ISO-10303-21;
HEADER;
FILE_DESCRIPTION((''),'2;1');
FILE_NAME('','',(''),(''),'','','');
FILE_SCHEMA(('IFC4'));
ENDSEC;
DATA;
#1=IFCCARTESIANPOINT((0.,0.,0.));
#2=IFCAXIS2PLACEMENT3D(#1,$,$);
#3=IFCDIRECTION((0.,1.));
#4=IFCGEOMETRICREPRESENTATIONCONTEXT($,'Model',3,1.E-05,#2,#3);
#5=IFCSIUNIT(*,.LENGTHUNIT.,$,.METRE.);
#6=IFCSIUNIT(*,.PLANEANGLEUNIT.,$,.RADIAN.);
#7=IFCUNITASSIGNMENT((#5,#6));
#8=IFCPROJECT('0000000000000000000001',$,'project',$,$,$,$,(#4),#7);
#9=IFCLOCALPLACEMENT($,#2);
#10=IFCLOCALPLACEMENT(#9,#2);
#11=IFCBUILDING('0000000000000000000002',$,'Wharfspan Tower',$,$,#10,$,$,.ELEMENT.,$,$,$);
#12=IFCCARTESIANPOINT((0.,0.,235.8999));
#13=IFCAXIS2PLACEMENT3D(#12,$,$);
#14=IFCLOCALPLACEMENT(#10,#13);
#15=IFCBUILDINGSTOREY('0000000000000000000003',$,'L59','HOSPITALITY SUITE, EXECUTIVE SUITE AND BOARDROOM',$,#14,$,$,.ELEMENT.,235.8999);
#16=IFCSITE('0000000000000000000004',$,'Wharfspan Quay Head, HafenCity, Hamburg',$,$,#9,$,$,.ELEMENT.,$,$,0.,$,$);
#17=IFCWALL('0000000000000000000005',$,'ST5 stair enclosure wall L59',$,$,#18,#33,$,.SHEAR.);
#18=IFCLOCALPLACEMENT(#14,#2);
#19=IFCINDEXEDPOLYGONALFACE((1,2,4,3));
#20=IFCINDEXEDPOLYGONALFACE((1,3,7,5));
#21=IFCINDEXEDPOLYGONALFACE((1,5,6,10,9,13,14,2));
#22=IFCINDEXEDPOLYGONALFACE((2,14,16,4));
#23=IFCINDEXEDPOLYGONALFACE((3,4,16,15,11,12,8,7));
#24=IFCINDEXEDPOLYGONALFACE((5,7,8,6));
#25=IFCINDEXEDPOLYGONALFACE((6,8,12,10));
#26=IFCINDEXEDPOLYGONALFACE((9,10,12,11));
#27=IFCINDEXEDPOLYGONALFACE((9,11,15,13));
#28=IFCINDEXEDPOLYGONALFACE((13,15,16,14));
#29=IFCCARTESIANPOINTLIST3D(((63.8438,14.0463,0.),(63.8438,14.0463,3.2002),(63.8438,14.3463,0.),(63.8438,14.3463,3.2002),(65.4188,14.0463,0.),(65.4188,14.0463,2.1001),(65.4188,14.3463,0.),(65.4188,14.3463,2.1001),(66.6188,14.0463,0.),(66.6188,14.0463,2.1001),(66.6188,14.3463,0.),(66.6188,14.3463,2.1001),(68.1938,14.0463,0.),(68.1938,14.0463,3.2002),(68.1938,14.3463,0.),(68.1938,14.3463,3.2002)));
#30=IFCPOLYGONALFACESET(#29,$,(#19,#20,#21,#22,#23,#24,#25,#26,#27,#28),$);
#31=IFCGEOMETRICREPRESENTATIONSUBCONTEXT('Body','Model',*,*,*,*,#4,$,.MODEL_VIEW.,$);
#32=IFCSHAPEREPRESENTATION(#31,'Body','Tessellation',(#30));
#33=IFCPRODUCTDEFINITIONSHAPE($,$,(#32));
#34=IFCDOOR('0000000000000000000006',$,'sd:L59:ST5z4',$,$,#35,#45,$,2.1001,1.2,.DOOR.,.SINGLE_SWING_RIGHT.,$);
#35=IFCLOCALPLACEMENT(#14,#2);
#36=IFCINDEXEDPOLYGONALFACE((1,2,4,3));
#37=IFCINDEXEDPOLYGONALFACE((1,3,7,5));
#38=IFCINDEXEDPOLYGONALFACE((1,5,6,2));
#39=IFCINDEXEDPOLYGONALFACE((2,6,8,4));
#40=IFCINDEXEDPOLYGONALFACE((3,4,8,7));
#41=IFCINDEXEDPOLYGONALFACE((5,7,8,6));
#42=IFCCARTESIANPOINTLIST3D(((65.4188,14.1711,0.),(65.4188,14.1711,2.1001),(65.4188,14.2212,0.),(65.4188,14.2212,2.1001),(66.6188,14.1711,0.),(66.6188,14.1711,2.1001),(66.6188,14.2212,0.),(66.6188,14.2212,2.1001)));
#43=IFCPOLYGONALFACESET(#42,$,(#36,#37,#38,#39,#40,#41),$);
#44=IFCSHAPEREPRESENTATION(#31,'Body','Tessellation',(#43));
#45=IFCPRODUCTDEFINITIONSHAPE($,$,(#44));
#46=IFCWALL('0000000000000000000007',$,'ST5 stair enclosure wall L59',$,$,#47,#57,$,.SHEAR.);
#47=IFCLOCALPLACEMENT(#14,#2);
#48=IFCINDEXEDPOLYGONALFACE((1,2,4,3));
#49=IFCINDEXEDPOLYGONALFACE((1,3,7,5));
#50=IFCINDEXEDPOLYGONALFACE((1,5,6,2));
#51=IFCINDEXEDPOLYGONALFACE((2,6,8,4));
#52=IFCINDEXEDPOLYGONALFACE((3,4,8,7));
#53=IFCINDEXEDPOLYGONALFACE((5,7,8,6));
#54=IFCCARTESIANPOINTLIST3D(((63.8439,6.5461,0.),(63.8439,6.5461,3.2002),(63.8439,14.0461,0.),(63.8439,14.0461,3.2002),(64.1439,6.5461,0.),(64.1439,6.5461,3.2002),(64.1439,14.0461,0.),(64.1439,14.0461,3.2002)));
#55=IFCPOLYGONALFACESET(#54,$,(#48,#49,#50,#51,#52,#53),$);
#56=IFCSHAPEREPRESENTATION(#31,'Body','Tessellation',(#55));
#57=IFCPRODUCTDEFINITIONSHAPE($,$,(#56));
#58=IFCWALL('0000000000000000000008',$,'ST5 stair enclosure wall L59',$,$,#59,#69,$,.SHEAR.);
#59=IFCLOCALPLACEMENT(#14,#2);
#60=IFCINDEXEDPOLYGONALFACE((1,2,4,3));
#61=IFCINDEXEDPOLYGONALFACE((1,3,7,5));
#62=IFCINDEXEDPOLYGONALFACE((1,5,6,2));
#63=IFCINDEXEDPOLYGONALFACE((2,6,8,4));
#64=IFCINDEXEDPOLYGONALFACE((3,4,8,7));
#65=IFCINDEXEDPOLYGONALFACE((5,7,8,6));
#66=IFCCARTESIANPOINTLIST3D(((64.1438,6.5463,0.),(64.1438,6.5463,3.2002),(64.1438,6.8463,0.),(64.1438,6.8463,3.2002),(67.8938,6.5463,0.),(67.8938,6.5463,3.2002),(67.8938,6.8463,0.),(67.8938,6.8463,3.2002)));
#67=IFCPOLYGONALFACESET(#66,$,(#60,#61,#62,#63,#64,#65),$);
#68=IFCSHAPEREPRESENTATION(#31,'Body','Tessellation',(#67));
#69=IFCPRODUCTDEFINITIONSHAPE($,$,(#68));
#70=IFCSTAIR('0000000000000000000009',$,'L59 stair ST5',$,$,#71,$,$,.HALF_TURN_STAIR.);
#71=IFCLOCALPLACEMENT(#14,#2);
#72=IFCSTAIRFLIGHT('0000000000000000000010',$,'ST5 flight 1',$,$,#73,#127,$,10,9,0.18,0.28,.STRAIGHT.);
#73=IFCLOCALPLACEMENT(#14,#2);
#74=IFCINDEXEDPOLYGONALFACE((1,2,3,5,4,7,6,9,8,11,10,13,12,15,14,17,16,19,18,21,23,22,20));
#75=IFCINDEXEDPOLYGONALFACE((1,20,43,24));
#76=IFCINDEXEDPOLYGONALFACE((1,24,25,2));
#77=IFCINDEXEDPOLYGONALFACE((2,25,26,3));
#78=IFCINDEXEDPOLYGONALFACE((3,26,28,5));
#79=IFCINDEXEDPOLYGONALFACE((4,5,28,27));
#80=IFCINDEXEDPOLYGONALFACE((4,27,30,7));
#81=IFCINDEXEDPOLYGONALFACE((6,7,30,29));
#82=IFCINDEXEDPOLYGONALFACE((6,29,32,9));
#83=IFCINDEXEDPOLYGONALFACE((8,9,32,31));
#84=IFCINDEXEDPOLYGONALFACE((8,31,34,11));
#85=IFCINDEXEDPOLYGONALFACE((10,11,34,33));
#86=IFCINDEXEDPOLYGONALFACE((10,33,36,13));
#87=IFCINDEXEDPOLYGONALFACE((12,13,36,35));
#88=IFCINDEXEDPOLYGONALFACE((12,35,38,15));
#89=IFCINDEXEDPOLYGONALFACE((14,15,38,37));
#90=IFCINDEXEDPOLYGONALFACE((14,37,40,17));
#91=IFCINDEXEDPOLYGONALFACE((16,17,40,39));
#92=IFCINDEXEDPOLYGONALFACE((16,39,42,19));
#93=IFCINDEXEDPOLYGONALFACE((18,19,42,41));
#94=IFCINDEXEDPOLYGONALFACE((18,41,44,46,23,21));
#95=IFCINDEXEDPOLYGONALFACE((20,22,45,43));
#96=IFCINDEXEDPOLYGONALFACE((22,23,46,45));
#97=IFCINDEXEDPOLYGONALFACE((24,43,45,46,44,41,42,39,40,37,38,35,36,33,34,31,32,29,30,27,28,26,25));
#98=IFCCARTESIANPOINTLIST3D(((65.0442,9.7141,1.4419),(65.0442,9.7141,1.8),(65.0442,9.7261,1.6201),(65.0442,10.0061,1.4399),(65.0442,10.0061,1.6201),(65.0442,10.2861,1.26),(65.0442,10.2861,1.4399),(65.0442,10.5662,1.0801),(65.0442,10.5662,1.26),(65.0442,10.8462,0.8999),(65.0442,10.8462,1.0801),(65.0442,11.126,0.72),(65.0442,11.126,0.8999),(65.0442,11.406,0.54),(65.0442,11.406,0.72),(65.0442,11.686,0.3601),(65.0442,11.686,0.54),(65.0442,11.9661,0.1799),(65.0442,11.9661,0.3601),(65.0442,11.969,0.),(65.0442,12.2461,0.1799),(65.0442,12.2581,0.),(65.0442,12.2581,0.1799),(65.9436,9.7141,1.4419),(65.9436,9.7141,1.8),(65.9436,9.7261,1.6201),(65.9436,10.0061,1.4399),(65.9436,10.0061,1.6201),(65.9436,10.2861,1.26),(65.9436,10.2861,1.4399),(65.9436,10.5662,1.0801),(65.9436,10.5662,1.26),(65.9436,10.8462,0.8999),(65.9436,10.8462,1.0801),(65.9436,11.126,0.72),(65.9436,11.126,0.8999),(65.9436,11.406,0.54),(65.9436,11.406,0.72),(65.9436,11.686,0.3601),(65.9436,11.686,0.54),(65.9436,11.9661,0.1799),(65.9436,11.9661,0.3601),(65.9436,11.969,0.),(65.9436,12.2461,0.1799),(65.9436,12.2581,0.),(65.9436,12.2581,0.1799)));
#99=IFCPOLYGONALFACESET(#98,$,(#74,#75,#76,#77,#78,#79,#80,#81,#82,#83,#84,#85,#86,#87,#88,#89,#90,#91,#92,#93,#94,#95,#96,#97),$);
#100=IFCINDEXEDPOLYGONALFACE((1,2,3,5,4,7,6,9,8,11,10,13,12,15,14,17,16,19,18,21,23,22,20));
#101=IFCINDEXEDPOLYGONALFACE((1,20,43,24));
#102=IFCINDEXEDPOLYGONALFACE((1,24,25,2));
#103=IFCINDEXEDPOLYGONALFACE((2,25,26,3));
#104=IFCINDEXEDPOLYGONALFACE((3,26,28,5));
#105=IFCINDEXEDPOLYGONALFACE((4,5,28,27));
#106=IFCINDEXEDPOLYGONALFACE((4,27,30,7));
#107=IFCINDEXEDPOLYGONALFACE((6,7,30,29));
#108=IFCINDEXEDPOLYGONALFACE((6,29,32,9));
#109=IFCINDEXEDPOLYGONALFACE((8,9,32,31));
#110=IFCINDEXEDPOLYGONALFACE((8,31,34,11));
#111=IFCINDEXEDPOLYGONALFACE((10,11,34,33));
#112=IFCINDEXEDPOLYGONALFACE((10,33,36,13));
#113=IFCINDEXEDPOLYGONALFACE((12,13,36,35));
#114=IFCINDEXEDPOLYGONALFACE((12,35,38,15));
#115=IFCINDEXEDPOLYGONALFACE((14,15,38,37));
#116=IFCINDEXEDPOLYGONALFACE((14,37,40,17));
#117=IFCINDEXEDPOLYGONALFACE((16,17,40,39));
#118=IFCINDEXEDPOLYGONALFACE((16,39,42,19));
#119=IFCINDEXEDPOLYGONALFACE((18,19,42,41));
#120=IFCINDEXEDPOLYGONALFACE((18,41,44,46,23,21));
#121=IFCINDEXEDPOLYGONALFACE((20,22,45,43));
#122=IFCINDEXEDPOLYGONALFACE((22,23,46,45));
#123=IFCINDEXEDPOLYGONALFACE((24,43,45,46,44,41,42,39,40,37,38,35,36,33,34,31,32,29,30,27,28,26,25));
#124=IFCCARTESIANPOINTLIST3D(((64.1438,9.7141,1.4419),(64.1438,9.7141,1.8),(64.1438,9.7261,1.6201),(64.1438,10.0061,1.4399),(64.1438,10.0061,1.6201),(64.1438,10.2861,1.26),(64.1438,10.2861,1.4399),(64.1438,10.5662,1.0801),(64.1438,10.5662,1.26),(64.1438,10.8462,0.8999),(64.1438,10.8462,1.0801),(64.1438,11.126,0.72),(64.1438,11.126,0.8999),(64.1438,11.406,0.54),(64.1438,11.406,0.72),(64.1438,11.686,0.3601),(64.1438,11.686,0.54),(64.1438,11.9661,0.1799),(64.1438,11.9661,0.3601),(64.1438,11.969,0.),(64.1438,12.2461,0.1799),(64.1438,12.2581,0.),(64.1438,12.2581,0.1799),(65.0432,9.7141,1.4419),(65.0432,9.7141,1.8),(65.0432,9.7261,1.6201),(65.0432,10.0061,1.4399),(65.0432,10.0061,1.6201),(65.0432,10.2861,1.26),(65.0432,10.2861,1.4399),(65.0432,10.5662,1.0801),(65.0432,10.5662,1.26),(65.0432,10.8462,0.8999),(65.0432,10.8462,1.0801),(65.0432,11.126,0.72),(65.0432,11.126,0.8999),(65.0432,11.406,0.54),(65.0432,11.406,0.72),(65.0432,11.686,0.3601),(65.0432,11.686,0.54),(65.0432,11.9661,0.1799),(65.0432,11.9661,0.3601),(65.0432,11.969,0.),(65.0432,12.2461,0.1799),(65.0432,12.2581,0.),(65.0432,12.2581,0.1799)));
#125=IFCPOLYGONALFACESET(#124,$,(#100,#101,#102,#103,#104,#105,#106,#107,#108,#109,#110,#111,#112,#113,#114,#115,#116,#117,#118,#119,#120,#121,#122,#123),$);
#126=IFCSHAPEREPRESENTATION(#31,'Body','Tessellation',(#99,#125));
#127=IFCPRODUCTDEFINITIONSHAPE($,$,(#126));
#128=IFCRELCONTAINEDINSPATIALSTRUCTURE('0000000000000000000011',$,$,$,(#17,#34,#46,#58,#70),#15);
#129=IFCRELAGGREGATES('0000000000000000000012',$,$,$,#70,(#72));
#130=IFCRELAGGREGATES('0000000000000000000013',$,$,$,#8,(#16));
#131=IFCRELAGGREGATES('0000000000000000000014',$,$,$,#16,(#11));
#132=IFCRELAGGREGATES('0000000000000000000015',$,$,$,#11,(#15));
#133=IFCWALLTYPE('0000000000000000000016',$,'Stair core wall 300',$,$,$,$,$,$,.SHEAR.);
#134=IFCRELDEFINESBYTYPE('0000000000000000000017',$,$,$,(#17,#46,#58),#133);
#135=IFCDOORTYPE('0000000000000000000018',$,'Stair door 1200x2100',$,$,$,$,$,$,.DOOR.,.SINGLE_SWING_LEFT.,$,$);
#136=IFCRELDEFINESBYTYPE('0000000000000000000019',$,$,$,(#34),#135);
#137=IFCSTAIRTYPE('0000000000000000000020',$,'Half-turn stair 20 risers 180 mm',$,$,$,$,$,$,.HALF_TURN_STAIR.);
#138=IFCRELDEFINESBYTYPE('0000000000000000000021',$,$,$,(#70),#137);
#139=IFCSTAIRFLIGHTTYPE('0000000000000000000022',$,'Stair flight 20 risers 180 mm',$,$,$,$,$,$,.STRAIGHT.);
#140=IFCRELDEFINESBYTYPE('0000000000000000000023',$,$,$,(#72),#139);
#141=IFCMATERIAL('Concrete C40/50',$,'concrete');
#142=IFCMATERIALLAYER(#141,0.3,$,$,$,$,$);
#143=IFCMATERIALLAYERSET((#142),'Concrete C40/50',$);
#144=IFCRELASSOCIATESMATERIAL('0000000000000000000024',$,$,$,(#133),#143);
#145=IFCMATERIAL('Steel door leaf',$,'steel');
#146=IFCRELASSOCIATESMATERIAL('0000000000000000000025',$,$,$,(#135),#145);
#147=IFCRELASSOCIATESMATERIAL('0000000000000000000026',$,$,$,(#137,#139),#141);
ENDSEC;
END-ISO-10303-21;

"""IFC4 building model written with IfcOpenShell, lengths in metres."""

from ifc_helpers import new_model, si_unit, direction, frame, frame_2d, origin, place, context, subcontext, project, spatial, polyline, rectangle, outline, extrude, material, layer, layer_set, type_object, element, fill, aggregate, save


model = new_model("IFC4")

# Units and contexts
model_context = context("Model", 3, precision=1e-05, world=origin(), true_north=direction((0.0, 1.0)))
body_context = subcontext(model_context, "Body", "Model", "MODEL_VIEW")
ifc_project = project(units=[si_unit("LENGTHUNIT", "METRE"), si_unit("PLANEANGLEUNIT", "RADIAN")], contexts=[model_context])

# Site, building, storey
site_placement = place(None, origin())
site = spatial("IfcSite", under=ifc_project, at=site_placement, Name="Wharfspan Quay Head, HafenCity, Hamburg", CompositionType="ELEMENT", RefElevation=0.0)
building_placement = place(site_placement, origin())
building = spatial("IfcBuilding", under=site, at=building_placement, Name="Wharfspan Tower", CompositionType="ELEMENT")
storey_placement = place(building_placement, frame((0.0, 0.0, 235.8999)))
storey = spatial("IfcBuildingStorey", under=building, at=storey_placement, Name="L59", Description="HOSPITALITY SUITE, EXECUTIVE SUITE AND BOARDROOM", CompositionType="ELEMENT", Elevation=235.8999)

# Wall, opening, door
ifc_material_1 = material(Name="Concrete C40/50", Category="concrete")
ifc_layer_1 = layer(ifc_material_1, 0.3)
ifc_layer_set_1 = layer_set([ifc_layer_1], Name="Concrete C40/50")
wall_type_1 = type_object("IfcWallType", Name="Stair core wall 300", PredefinedType="SHEAR", material=ifc_layer_set_1)
wall_1_placement = place(storey_placement, frame((63.8438, 14.1963, 0.0), z_axis=(0.0, 0.0, 1.0), x_axis=(1.0, 0.0, 0.0)))
wall_1 = element("IfcWall", 1, at=wall_1_placement, inside=storey, type_object=wall_type_1, Name="ST5 stair enclosure wall L59", PredefinedType="SHEAR", context=body_context, shape_type="SweptSolid", body=[
    extrude(rectangle(XDim=4.3501, YDim=0.3, at=frame_2d((2.175, 0.0))), origin(), (0.0, 0.0, 1.0), 3.2002),
])
opening_1_placement = place(wall_1_placement, frame((1.575, 0.0, 0.0)))
opening_1 = element("IfcOpeningElement", 2, at=opening_1_placement, cuts=wall_1, PredefinedType="OPENING", context=body_context, shape_type="SweptSolid", body=[
    extrude(rectangle(XDim=1.2, YDim=2.1001, at=frame_2d((0.6001, 1.05))), frame((0.0, 0.1599, 0.0), z_axis=(0.0, -1.0, 0.0), x_axis=(1.0, 0.0, 0.0)), (0.0, 0.0, 1.0), 0.3201),
])
ifc_material_2 = material(Name="Steel door leaf", Category="steel")
door_type_1 = type_object("IfcDoorType", Name="Stair door 1200x2100", OperationType="SINGLE_SWING_LEFT", PredefinedType="DOOR", material=ifc_material_2)
door_1_placement = place(opening_1_placement, origin())
door_1 = element("IfcDoor", 3, at=door_1_placement, inside=storey, type_object=door_type_1, Name="sd:L59:ST5z4", OperationType="SINGLE_SWING_RIGHT", OverallHeight=2.1001, OverallWidth=1.2, PredefinedType="DOOR", context=body_context, shape_type="SweptSolid", body=[
    extrude(rectangle(XDim=1.2, YDim=2.1001, at=frame_2d((0.6001, 1.05))), frame((0.0, 0.0249, 0.0), z_axis=(0.0, -1.0, 0.0), x_axis=(1.0, 0.0, 0.0)), (0.0, 0.0, 1.0), 0.05),
])
fill(opening_1, door_1)

# Walls
wall_2_placement = place(storey_placement, frame((63.9939, 6.5461, 0.0), z_axis=(0.0, 0.0, 1.0), x_axis=(0.0, 1.0, 0.0)))
element("IfcWall", 4, at=wall_2_placement, inside=storey, type_object=wall_type_1, Name="ST5 stair enclosure wall L59", PredefinedType="SHEAR", context=body_context, shape_type="SweptSolid", body=[
    extrude(rectangle(XDim=7.5, YDim=0.3, at=frame_2d((3.75, 0.0))), origin(), (0.0, 0.0, 1.0), 3.2002),
])
wall_3_placement = place(storey_placement, frame((64.1438, 6.6963, 0.0), z_axis=(0.0, 0.0, 1.0), x_axis=(1.0, 0.0, 0.0)))
element("IfcWall", 5, at=wall_3_placement, inside=storey, type_object=wall_type_1, Name="ST5 stair enclosure wall L59", PredefinedType="SHEAR", context=body_context, shape_type="SweptSolid", body=[
    extrude(rectangle(XDim=3.75, YDim=0.3, at=frame_2d((1.875, 0.0))), origin(), (0.0, 0.0, 1.0), 3.2002),
])

# Stair, stair flight
stair_type = type_object("IfcStairType", Name="Half-turn stair 20 risers 180 mm", PredefinedType="HALF_TURN_STAIR", material=ifc_material_1)
stair_placement = place(storey_placement, origin())
stair = element("IfcStair", 6, at=stair_placement, inside=storey, type_object=stair_type, Name="L59 stair ST5", PredefinedType="HALF_TURN_STAIR")
stair_flight_type = type_object("IfcStairFlightType", Name="Stair flight 20 risers 180 mm", PredefinedType="STRAIGHT", material=ifc_material_1)
stair_flight_placement = place(storey_placement, frame((65.0437, 12.2461, 0.0), z_axis=(0.0, 0.0, 1.0), x_axis=(0.0, -1.0, 0.0)))
stair_flight = element("IfcStairFlight", 7, at=stair_flight_placement, type_object=stair_flight_type, Name="ST5 flight 1", NumberOfRisers=10, NumberOfTreads=9, PredefinedType="STRAIGHT", RiserHeight=0.18, TreadLength=0.28, context=body_context, shape_type="SweptSolid", body=[
    extrude(outline(polyline([(-0.012, 0.0), (-0.012, 0.1799), (0.0, 0.1799), (0.28, 0.1799), (0.28, 0.3601), (0.5601, 0.3601), (0.5601, 0.54), (0.8401, 0.54), (0.8401, 0.72), (1.1201, 0.72), (1.1201, 0.8999), (1.3999, 0.8999), (1.3999, 1.0801), (1.6799, 1.0801), (1.6799, 1.26), (1.96, 1.26), (1.96, 1.4399), (2.24, 1.4399), (2.24, 1.6201), (2.52, 1.6201), (2.532, 1.8), (2.532, 1.4419), (0.2771, 0.0), (-0.012, 0.0)])), frame((0.0, 0.8999, 0.0), z_axis=(0.0, -1.0, 0.0), x_axis=(1.0, 0.0, 0.0)), (0.0, 0.0, 1.0), 0.8994),
    extrude(outline(polyline([(-0.012, 0.0), (-0.012, 0.1799), (0.0, 0.1799), (0.28, 0.1799), (0.28, 0.3601), (0.5601, 0.3601), (0.5601, 0.54), (0.8401, 0.54), (0.8401, 0.72), (1.1201, 0.72), (1.1201, 0.8999), (1.3999, 0.8999), (1.3999, 1.0801), (1.6799, 1.0801), (1.6799, 1.26), (1.96, 1.26), (1.96, 1.4399), (2.24, 1.4399), (2.24, 1.6201), (2.52, 1.6201), (2.532, 1.8), (2.532, 1.4419), (0.2771, 0.0), (-0.012, 0.0)])), frame((0.0, -0.0005, 0.0), z_axis=(0.0, -1.0, 0.0), x_axis=(1.0, 0.0, 0.0)), (0.0, 0.0, 1.0), 0.8994),
])
aggregate(stair, [stair_flight])

save(model, "model.ifc")
